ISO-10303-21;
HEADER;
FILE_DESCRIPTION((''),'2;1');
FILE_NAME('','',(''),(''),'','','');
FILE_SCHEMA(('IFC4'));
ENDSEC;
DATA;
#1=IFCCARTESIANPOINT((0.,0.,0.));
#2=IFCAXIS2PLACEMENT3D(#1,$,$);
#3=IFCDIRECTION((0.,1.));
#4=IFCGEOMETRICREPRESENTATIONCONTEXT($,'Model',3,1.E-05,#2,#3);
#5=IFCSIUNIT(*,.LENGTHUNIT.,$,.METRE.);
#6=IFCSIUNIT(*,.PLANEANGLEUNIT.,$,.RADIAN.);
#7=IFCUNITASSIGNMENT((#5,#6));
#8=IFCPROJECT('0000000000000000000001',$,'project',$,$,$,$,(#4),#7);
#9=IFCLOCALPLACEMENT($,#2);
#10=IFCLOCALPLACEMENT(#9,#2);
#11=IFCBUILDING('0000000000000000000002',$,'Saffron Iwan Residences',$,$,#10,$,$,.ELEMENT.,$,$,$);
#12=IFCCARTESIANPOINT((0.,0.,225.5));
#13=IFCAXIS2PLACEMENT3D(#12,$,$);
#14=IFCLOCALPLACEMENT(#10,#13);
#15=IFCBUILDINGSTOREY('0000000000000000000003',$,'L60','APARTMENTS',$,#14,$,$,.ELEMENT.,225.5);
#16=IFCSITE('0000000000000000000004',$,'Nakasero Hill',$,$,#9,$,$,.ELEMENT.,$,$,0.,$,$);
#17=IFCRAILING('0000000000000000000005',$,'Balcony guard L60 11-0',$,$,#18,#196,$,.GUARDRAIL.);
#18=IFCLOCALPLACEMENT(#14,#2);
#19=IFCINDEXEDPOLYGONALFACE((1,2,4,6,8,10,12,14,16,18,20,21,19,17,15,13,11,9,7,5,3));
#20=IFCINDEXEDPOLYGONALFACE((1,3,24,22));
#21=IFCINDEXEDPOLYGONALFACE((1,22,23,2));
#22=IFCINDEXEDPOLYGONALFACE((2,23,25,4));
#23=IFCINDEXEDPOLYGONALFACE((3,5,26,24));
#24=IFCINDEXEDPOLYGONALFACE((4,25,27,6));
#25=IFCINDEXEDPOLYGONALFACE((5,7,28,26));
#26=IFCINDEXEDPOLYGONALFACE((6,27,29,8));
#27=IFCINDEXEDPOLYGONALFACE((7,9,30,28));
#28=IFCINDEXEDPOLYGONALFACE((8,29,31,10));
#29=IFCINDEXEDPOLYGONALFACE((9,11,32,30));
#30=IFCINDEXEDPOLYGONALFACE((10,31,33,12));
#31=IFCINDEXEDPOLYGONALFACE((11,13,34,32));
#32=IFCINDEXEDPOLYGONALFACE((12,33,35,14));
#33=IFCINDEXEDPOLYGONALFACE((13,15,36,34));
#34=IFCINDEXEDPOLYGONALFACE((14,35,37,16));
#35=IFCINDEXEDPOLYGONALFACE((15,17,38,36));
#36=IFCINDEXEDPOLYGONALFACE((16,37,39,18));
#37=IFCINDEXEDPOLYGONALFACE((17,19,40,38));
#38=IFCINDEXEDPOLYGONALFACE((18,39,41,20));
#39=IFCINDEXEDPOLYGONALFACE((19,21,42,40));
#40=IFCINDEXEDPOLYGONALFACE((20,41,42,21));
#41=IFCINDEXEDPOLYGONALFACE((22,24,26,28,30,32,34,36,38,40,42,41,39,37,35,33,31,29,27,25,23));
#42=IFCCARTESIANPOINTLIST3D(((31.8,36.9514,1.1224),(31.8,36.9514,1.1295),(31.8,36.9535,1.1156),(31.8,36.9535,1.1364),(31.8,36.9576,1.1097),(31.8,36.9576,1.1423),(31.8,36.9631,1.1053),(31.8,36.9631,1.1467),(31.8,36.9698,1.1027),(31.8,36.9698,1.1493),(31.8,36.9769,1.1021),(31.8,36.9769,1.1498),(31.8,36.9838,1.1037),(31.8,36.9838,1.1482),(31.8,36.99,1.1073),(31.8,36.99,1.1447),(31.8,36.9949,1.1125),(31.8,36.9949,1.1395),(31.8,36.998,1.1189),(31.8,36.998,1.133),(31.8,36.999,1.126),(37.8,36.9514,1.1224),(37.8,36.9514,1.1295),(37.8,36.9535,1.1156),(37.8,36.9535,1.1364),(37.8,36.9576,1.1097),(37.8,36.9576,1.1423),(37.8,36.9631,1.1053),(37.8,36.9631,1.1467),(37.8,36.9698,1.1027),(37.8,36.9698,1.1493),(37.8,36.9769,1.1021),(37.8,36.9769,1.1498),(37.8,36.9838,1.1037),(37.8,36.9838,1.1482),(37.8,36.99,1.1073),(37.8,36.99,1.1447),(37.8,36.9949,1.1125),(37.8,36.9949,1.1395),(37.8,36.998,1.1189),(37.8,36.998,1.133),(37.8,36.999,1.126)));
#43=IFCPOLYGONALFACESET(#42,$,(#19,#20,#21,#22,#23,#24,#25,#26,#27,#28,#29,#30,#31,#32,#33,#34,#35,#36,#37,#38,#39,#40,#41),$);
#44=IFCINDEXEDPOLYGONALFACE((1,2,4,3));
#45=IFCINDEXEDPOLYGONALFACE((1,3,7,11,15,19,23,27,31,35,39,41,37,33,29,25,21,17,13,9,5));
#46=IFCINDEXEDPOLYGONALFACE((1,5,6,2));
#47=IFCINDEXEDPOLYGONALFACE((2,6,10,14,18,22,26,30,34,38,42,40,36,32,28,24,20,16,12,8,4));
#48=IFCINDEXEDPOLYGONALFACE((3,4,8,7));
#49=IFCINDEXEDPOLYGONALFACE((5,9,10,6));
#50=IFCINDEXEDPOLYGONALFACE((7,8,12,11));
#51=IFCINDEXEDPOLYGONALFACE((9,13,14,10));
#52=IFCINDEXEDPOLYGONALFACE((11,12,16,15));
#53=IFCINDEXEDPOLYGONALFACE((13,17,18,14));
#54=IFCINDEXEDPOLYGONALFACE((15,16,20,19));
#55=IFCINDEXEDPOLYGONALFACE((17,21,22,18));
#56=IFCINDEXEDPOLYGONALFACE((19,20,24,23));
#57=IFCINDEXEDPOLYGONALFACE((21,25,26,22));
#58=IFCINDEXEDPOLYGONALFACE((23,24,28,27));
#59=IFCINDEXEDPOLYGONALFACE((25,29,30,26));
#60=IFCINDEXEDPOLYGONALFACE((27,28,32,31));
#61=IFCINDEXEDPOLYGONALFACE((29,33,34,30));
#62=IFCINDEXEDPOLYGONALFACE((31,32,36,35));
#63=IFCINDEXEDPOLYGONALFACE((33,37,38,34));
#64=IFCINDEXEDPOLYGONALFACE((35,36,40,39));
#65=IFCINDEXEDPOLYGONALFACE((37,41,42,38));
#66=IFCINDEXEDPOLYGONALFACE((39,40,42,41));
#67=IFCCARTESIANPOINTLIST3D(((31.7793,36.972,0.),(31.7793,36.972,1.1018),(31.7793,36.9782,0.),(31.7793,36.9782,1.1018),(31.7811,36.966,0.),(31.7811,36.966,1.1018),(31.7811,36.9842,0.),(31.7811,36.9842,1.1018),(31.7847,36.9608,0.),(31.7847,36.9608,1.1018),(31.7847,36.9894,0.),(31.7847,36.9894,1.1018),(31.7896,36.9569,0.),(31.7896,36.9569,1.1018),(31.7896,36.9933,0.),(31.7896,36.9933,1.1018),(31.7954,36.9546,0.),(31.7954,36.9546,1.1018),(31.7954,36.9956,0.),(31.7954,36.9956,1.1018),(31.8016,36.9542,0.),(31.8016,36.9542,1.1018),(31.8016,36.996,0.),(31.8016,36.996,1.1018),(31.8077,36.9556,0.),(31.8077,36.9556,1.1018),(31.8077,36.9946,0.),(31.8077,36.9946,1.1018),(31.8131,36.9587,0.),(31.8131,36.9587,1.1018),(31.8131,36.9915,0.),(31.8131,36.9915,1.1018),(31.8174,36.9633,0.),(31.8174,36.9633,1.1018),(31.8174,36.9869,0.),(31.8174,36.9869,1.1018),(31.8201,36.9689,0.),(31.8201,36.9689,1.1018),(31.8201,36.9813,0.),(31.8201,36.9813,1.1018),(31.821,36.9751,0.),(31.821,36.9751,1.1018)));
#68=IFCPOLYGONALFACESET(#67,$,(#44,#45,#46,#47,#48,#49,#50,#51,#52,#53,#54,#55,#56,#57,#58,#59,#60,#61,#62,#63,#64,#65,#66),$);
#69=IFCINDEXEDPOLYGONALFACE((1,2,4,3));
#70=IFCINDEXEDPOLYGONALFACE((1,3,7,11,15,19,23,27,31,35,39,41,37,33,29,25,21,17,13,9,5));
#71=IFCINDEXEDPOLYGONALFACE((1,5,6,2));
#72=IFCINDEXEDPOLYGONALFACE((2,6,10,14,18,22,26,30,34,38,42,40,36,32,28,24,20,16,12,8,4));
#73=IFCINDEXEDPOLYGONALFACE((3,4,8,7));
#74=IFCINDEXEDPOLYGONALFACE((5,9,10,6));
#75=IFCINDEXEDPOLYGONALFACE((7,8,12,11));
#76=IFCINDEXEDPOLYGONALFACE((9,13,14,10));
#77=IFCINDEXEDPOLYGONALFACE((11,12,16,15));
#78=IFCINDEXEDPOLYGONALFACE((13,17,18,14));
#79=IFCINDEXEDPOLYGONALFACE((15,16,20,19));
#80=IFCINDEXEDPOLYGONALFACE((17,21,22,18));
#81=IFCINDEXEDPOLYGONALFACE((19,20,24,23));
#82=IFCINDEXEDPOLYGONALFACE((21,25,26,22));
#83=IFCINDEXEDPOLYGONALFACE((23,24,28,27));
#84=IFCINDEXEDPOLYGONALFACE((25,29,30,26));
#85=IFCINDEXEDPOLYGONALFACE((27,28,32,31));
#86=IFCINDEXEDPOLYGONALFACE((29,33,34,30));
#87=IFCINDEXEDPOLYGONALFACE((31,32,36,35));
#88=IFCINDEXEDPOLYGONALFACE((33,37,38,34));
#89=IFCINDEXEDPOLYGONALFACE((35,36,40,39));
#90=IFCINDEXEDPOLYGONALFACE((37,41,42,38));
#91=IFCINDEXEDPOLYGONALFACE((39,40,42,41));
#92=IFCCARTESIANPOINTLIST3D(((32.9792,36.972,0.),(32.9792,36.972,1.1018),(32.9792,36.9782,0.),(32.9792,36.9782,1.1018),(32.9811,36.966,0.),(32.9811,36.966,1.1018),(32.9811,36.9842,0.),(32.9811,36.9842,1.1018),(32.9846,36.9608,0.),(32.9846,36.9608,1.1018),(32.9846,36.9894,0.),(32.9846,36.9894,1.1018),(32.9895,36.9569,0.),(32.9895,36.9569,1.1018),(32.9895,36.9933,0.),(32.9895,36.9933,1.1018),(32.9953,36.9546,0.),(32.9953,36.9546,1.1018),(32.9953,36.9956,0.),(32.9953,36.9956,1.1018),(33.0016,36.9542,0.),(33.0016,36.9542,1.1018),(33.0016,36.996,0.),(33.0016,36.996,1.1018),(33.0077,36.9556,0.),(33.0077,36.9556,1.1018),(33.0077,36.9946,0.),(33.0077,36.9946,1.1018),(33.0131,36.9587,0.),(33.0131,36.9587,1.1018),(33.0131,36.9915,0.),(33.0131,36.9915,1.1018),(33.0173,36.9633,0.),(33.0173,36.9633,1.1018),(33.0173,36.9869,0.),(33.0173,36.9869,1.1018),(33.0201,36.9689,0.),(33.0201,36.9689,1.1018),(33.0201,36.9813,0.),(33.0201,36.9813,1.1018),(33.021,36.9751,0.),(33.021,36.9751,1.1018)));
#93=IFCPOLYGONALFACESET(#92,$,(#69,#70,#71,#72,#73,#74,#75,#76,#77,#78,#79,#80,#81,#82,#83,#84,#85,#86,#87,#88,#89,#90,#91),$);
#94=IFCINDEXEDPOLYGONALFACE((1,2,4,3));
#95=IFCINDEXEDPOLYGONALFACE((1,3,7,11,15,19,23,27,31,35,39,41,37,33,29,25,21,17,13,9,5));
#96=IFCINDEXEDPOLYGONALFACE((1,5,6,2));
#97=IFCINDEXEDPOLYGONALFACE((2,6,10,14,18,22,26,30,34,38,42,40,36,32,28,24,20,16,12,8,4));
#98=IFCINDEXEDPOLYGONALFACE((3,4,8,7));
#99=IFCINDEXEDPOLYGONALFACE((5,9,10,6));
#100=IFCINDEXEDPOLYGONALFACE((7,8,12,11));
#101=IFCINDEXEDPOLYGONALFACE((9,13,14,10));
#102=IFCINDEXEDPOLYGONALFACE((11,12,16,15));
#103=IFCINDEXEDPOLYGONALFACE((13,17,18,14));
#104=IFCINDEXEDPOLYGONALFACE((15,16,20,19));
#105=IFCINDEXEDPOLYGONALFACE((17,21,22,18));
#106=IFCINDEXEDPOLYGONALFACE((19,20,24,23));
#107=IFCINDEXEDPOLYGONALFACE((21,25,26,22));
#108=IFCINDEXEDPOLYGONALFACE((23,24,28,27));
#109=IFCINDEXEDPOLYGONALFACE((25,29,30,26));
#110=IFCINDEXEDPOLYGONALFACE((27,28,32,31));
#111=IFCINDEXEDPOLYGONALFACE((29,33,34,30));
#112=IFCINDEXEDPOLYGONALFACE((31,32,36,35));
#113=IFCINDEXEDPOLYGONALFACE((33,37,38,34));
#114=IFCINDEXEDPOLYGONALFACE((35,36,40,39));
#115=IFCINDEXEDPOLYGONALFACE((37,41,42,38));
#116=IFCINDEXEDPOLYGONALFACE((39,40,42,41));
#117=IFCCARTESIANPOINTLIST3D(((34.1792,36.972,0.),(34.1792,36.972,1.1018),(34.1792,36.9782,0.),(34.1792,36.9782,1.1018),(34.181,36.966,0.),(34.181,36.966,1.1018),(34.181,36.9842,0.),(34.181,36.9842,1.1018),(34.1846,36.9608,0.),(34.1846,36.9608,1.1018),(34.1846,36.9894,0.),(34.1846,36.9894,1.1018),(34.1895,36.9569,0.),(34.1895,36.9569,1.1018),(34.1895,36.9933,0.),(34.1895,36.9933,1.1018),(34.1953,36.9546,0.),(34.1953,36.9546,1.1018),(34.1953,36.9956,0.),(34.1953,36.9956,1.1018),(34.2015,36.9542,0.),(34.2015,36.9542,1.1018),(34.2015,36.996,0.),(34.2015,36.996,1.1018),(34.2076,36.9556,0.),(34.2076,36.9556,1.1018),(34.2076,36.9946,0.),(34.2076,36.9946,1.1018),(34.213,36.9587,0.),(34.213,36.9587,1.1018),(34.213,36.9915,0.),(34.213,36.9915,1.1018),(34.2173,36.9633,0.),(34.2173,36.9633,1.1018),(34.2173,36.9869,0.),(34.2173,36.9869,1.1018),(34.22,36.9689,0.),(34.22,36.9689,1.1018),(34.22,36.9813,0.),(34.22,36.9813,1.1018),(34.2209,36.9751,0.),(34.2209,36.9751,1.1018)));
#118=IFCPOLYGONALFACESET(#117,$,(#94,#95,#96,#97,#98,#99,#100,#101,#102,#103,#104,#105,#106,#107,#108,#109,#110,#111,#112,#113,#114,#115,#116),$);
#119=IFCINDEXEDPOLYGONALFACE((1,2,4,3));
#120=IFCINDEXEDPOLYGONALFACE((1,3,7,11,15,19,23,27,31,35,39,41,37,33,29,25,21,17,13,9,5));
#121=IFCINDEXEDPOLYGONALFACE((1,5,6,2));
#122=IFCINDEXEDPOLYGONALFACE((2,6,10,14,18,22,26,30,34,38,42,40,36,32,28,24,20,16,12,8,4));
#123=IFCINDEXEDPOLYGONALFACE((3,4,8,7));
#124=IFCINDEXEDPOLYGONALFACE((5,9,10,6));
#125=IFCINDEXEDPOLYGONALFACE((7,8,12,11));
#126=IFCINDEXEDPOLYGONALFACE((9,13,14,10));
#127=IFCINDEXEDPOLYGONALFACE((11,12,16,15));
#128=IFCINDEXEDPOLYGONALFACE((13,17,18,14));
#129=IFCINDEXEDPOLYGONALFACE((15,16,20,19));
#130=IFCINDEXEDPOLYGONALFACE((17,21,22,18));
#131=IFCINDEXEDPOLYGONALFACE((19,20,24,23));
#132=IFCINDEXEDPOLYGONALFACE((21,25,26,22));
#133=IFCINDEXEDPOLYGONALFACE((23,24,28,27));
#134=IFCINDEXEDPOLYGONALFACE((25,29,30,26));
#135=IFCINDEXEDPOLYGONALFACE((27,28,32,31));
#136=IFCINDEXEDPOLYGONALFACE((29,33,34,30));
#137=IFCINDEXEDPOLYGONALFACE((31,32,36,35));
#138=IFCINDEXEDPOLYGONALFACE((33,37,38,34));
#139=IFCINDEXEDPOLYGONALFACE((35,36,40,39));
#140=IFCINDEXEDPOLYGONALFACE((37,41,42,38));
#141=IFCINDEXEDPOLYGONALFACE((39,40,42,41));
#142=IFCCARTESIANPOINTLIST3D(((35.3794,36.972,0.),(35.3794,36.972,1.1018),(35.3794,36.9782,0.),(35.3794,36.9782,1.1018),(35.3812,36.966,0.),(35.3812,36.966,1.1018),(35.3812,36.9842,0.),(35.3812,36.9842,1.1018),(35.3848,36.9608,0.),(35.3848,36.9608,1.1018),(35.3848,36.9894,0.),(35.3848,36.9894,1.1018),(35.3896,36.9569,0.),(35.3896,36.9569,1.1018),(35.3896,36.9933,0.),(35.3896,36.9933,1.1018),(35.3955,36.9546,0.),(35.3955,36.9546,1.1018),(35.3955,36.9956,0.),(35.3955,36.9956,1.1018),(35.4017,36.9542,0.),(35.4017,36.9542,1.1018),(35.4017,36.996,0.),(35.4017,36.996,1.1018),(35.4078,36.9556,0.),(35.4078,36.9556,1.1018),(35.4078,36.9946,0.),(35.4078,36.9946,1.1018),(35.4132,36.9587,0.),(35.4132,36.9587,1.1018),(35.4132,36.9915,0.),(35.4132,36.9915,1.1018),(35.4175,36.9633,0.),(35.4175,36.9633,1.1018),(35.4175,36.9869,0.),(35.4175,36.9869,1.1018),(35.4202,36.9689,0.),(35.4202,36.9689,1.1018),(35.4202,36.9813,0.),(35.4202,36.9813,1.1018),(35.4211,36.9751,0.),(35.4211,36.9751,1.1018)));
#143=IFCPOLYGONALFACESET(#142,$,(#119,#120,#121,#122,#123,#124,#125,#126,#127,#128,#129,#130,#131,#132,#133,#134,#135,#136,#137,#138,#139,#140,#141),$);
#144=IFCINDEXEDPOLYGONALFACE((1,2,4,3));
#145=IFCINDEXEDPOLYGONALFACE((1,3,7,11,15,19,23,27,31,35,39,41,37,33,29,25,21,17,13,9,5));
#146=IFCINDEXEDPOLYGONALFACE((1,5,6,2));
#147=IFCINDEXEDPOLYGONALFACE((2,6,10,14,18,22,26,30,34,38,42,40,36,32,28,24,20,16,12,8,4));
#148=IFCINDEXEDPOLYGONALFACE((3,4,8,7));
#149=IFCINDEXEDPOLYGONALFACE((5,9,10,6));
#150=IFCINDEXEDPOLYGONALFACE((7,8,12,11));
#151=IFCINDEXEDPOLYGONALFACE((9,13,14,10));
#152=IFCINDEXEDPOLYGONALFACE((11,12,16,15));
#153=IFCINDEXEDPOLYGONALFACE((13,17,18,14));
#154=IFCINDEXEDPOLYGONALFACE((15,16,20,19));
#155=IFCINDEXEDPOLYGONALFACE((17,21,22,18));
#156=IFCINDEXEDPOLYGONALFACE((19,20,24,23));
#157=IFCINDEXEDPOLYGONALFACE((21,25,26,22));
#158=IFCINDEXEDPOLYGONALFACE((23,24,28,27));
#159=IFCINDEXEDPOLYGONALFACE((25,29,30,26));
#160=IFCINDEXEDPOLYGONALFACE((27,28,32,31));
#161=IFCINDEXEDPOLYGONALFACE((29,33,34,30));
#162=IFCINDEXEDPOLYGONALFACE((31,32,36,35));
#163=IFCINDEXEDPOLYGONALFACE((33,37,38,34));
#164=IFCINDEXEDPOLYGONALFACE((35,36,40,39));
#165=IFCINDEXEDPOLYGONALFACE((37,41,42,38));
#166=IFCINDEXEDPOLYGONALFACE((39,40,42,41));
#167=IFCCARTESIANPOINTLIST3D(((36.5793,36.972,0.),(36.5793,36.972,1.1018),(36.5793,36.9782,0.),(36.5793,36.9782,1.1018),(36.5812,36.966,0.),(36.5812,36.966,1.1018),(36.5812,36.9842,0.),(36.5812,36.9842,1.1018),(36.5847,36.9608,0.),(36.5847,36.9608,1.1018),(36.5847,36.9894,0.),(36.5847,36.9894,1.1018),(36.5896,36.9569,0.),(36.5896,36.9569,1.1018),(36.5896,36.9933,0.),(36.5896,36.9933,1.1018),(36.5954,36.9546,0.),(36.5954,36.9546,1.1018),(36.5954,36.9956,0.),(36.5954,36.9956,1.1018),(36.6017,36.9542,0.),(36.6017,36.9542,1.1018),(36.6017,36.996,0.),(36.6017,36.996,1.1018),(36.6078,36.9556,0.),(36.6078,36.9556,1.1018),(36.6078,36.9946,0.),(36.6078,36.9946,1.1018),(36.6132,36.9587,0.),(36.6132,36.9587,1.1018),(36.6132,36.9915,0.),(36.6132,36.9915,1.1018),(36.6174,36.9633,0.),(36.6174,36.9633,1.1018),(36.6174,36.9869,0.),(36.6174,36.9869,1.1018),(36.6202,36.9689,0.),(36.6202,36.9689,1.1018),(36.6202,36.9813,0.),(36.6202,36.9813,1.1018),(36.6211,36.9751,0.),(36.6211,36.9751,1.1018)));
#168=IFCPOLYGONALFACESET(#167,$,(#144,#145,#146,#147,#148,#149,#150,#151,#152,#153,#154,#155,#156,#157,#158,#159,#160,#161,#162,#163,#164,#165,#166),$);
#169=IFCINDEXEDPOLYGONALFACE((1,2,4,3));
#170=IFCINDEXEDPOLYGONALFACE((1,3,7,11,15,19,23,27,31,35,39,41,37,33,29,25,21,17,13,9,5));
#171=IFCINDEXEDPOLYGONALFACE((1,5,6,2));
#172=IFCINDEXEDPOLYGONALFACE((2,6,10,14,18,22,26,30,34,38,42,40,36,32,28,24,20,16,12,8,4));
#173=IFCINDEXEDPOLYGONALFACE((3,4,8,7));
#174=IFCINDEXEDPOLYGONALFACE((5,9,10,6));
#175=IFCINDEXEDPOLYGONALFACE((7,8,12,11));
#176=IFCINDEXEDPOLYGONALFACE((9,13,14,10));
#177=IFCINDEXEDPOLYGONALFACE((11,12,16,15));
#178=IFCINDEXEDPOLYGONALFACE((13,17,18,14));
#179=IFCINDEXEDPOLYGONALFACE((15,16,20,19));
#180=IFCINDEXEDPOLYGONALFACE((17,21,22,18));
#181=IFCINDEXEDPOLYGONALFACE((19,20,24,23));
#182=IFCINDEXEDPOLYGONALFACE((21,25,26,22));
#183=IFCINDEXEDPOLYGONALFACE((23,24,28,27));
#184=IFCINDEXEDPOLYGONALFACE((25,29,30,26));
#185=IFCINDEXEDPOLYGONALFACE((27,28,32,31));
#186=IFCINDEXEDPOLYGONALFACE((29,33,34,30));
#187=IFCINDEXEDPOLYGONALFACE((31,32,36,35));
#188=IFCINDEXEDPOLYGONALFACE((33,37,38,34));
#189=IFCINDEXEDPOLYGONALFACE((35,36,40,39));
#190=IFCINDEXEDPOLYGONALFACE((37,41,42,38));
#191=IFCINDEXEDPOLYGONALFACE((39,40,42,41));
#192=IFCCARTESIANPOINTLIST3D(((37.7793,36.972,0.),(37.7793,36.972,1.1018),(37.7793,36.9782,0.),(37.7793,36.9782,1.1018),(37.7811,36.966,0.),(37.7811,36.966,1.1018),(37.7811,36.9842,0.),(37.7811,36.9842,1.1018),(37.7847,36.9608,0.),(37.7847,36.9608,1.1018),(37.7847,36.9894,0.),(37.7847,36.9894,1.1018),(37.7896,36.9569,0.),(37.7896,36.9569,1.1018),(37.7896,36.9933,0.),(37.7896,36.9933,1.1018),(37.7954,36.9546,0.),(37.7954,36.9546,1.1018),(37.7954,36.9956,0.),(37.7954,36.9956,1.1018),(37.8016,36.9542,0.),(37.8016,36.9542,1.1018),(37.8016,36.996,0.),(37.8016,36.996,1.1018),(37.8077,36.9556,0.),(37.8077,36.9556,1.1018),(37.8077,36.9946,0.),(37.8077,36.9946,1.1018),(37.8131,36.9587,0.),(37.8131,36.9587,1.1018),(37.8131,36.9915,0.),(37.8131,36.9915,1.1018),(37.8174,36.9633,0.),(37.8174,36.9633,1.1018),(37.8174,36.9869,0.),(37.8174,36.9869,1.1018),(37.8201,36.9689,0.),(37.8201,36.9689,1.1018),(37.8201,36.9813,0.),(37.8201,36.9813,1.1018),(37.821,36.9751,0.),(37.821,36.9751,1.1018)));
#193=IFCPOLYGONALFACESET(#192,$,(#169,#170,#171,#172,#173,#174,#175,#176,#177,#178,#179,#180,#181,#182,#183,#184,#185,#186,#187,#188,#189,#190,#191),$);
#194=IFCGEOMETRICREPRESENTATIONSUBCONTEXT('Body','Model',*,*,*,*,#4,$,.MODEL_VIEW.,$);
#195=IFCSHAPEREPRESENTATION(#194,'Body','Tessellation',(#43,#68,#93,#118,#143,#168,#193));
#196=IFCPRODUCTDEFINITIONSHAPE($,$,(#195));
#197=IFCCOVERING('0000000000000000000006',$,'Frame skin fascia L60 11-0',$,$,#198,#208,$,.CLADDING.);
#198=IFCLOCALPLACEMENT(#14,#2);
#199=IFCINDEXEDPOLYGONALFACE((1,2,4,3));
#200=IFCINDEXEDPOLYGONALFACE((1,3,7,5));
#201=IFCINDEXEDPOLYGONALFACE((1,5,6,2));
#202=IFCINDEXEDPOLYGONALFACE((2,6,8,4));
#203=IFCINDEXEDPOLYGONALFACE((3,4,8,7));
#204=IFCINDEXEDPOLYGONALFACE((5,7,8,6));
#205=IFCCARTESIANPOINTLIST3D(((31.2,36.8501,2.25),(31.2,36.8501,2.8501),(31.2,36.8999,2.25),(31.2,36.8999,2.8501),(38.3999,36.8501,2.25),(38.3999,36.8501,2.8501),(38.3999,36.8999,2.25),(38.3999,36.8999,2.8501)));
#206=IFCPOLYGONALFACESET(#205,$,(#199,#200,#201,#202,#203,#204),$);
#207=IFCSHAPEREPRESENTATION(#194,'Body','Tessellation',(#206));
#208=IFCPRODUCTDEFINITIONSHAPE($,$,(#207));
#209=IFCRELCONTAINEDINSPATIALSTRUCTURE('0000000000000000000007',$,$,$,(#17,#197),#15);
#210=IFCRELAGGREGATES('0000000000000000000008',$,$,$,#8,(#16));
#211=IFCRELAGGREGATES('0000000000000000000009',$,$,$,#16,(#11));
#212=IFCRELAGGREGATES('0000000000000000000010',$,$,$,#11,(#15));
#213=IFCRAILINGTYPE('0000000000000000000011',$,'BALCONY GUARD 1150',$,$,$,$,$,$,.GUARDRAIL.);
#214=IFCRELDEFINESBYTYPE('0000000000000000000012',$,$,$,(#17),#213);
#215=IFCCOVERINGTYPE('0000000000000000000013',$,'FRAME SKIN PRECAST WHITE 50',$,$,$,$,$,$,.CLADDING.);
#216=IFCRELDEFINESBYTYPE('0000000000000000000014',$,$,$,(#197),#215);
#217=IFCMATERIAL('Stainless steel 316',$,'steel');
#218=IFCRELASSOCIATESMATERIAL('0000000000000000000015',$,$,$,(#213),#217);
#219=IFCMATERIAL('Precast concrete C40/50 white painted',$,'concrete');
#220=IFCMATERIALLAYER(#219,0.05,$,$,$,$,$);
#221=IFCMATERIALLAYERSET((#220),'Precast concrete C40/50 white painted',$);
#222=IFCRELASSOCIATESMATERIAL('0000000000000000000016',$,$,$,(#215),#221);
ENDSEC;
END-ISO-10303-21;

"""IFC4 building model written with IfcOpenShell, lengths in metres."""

from ifc_helpers import new_model, si_unit, direction, frame, origin, origin_2d, place, context, subcontext, project, spatial, polyline, circle, outline, extrude, material, layer, layer_set, type_object, element, save


model = new_model("IFC4")

# Units and contexts
model_context = context("Model", 3, precision=1e-05, world=origin(), true_north=direction((0.0, 1.0)))
body_context = subcontext(model_context, "Body", "Model", "MODEL_VIEW")
ifc_project = project(units=[si_unit("LENGTHUNIT", "METRE"), si_unit("PLANEANGLEUNIT", "RADIAN")], contexts=[model_context])

# Site, building, storey
site_placement = place(None, origin())
site = spatial("IfcSite", under=ifc_project, at=site_placement, Name="Nakasero Hill", CompositionType="ELEMENT", RefElevation=0.0)
building_placement = place(site_placement, origin())
building = spatial("IfcBuilding", under=site, at=building_placement, Name="Saffron Iwan Residences", CompositionType="ELEMENT")
storey_placement = place(building_placement, frame((0.0, 0.0, 225.5)))
storey = spatial("IfcBuildingStorey", under=building, at=storey_placement, Name="L60", Description="APARTMENTS", CompositionType="ELEMENT", Elevation=225.5)

# Railing
ifc_material_1 = material(Name="Stainless steel 316", Category="steel")
railing_type = type_object("IfcRailingType", Name="BALCONY GUARD 1150", PredefinedType="GUARDRAIL", material=ifc_material_1)
railing_placement = place(storey_placement, frame((31.8, 36.9751, 0.0)))
element("IfcRailing", 1, at=railing_placement, inside=storey, type_object=railing_type, Name="Balcony guard L60 11-0", PredefinedType="GUARDRAIL", context=body_context, shape_type="SweptSolid", body=[
    extrude(circle(Radius=0.0239, at=origin_2d()), frame((0.0, 0.0, 1.126), z_axis=(1.0, 0.0, 0.0), x_axis=(0.0, 1.0, 0.0)), (0.0, 0.0, 1.0), 6.0),
    extrude(circle(Radius=0.021, at=origin_2d()), origin(), (0.0, 0.0, 1.0), 1.1018),
    extrude(circle(Radius=0.021, at=origin_2d()), frame((1.2, 0.0, 0.0)), (0.0, 0.0, 1.0), 1.1018),
    extrude(circle(Radius=0.021, at=origin_2d()), frame((2.3999, 0.0, 0.0)), (0.0, 0.0, 1.0), 1.1018),
    extrude(circle(Radius=0.021, at=origin_2d()), frame((3.6001, 0.0, 0.0)), (0.0, 0.0, 1.0), 1.1018),
    extrude(circle(Radius=0.021, at=origin_2d()), frame((4.8, 0.0, 0.0)), (0.0, 0.0, 1.0), 1.1018),
    extrude(circle(Radius=0.021, at=origin_2d()), frame((6.0, 0.0, 0.0)), (0.0, 0.0, 1.0), 1.1018),
])

# Covering
ifc_material_2 = material(Name="Precast concrete C40/50 white painted", Category="concrete")
ifc_layer_1 = layer(ifc_material_2, 0.05)
ifc_layer_set_1 = layer_set([ifc_layer_1], Name="Precast concrete C40/50 white painted")
covering_type = type_object("IfcCoveringType", Name="FRAME SKIN PRECAST WHITE 50", PredefinedType="CLADDING", material=ifc_layer_set_1)
covering_1_placement = place(storey_placement, frame((0.0, 0.0, 2.25)))
element("IfcCovering", 2, at=covering_1_placement, inside=storey, type_object=covering_type, Name="Frame skin fascia L60 11-0", PredefinedType="CLADDING", context=body_context, shape_type="SweptSolid", body=[
    extrude(outline(polyline([(31.2, 36.8501), (38.3999, 36.8501), (38.3999, 36.8999), (31.2, 36.8999), (31.2, 36.8501)])), origin(), (0.0, 0.0, 1.0), 0.6001),
])

save(model, "model.ifc")
